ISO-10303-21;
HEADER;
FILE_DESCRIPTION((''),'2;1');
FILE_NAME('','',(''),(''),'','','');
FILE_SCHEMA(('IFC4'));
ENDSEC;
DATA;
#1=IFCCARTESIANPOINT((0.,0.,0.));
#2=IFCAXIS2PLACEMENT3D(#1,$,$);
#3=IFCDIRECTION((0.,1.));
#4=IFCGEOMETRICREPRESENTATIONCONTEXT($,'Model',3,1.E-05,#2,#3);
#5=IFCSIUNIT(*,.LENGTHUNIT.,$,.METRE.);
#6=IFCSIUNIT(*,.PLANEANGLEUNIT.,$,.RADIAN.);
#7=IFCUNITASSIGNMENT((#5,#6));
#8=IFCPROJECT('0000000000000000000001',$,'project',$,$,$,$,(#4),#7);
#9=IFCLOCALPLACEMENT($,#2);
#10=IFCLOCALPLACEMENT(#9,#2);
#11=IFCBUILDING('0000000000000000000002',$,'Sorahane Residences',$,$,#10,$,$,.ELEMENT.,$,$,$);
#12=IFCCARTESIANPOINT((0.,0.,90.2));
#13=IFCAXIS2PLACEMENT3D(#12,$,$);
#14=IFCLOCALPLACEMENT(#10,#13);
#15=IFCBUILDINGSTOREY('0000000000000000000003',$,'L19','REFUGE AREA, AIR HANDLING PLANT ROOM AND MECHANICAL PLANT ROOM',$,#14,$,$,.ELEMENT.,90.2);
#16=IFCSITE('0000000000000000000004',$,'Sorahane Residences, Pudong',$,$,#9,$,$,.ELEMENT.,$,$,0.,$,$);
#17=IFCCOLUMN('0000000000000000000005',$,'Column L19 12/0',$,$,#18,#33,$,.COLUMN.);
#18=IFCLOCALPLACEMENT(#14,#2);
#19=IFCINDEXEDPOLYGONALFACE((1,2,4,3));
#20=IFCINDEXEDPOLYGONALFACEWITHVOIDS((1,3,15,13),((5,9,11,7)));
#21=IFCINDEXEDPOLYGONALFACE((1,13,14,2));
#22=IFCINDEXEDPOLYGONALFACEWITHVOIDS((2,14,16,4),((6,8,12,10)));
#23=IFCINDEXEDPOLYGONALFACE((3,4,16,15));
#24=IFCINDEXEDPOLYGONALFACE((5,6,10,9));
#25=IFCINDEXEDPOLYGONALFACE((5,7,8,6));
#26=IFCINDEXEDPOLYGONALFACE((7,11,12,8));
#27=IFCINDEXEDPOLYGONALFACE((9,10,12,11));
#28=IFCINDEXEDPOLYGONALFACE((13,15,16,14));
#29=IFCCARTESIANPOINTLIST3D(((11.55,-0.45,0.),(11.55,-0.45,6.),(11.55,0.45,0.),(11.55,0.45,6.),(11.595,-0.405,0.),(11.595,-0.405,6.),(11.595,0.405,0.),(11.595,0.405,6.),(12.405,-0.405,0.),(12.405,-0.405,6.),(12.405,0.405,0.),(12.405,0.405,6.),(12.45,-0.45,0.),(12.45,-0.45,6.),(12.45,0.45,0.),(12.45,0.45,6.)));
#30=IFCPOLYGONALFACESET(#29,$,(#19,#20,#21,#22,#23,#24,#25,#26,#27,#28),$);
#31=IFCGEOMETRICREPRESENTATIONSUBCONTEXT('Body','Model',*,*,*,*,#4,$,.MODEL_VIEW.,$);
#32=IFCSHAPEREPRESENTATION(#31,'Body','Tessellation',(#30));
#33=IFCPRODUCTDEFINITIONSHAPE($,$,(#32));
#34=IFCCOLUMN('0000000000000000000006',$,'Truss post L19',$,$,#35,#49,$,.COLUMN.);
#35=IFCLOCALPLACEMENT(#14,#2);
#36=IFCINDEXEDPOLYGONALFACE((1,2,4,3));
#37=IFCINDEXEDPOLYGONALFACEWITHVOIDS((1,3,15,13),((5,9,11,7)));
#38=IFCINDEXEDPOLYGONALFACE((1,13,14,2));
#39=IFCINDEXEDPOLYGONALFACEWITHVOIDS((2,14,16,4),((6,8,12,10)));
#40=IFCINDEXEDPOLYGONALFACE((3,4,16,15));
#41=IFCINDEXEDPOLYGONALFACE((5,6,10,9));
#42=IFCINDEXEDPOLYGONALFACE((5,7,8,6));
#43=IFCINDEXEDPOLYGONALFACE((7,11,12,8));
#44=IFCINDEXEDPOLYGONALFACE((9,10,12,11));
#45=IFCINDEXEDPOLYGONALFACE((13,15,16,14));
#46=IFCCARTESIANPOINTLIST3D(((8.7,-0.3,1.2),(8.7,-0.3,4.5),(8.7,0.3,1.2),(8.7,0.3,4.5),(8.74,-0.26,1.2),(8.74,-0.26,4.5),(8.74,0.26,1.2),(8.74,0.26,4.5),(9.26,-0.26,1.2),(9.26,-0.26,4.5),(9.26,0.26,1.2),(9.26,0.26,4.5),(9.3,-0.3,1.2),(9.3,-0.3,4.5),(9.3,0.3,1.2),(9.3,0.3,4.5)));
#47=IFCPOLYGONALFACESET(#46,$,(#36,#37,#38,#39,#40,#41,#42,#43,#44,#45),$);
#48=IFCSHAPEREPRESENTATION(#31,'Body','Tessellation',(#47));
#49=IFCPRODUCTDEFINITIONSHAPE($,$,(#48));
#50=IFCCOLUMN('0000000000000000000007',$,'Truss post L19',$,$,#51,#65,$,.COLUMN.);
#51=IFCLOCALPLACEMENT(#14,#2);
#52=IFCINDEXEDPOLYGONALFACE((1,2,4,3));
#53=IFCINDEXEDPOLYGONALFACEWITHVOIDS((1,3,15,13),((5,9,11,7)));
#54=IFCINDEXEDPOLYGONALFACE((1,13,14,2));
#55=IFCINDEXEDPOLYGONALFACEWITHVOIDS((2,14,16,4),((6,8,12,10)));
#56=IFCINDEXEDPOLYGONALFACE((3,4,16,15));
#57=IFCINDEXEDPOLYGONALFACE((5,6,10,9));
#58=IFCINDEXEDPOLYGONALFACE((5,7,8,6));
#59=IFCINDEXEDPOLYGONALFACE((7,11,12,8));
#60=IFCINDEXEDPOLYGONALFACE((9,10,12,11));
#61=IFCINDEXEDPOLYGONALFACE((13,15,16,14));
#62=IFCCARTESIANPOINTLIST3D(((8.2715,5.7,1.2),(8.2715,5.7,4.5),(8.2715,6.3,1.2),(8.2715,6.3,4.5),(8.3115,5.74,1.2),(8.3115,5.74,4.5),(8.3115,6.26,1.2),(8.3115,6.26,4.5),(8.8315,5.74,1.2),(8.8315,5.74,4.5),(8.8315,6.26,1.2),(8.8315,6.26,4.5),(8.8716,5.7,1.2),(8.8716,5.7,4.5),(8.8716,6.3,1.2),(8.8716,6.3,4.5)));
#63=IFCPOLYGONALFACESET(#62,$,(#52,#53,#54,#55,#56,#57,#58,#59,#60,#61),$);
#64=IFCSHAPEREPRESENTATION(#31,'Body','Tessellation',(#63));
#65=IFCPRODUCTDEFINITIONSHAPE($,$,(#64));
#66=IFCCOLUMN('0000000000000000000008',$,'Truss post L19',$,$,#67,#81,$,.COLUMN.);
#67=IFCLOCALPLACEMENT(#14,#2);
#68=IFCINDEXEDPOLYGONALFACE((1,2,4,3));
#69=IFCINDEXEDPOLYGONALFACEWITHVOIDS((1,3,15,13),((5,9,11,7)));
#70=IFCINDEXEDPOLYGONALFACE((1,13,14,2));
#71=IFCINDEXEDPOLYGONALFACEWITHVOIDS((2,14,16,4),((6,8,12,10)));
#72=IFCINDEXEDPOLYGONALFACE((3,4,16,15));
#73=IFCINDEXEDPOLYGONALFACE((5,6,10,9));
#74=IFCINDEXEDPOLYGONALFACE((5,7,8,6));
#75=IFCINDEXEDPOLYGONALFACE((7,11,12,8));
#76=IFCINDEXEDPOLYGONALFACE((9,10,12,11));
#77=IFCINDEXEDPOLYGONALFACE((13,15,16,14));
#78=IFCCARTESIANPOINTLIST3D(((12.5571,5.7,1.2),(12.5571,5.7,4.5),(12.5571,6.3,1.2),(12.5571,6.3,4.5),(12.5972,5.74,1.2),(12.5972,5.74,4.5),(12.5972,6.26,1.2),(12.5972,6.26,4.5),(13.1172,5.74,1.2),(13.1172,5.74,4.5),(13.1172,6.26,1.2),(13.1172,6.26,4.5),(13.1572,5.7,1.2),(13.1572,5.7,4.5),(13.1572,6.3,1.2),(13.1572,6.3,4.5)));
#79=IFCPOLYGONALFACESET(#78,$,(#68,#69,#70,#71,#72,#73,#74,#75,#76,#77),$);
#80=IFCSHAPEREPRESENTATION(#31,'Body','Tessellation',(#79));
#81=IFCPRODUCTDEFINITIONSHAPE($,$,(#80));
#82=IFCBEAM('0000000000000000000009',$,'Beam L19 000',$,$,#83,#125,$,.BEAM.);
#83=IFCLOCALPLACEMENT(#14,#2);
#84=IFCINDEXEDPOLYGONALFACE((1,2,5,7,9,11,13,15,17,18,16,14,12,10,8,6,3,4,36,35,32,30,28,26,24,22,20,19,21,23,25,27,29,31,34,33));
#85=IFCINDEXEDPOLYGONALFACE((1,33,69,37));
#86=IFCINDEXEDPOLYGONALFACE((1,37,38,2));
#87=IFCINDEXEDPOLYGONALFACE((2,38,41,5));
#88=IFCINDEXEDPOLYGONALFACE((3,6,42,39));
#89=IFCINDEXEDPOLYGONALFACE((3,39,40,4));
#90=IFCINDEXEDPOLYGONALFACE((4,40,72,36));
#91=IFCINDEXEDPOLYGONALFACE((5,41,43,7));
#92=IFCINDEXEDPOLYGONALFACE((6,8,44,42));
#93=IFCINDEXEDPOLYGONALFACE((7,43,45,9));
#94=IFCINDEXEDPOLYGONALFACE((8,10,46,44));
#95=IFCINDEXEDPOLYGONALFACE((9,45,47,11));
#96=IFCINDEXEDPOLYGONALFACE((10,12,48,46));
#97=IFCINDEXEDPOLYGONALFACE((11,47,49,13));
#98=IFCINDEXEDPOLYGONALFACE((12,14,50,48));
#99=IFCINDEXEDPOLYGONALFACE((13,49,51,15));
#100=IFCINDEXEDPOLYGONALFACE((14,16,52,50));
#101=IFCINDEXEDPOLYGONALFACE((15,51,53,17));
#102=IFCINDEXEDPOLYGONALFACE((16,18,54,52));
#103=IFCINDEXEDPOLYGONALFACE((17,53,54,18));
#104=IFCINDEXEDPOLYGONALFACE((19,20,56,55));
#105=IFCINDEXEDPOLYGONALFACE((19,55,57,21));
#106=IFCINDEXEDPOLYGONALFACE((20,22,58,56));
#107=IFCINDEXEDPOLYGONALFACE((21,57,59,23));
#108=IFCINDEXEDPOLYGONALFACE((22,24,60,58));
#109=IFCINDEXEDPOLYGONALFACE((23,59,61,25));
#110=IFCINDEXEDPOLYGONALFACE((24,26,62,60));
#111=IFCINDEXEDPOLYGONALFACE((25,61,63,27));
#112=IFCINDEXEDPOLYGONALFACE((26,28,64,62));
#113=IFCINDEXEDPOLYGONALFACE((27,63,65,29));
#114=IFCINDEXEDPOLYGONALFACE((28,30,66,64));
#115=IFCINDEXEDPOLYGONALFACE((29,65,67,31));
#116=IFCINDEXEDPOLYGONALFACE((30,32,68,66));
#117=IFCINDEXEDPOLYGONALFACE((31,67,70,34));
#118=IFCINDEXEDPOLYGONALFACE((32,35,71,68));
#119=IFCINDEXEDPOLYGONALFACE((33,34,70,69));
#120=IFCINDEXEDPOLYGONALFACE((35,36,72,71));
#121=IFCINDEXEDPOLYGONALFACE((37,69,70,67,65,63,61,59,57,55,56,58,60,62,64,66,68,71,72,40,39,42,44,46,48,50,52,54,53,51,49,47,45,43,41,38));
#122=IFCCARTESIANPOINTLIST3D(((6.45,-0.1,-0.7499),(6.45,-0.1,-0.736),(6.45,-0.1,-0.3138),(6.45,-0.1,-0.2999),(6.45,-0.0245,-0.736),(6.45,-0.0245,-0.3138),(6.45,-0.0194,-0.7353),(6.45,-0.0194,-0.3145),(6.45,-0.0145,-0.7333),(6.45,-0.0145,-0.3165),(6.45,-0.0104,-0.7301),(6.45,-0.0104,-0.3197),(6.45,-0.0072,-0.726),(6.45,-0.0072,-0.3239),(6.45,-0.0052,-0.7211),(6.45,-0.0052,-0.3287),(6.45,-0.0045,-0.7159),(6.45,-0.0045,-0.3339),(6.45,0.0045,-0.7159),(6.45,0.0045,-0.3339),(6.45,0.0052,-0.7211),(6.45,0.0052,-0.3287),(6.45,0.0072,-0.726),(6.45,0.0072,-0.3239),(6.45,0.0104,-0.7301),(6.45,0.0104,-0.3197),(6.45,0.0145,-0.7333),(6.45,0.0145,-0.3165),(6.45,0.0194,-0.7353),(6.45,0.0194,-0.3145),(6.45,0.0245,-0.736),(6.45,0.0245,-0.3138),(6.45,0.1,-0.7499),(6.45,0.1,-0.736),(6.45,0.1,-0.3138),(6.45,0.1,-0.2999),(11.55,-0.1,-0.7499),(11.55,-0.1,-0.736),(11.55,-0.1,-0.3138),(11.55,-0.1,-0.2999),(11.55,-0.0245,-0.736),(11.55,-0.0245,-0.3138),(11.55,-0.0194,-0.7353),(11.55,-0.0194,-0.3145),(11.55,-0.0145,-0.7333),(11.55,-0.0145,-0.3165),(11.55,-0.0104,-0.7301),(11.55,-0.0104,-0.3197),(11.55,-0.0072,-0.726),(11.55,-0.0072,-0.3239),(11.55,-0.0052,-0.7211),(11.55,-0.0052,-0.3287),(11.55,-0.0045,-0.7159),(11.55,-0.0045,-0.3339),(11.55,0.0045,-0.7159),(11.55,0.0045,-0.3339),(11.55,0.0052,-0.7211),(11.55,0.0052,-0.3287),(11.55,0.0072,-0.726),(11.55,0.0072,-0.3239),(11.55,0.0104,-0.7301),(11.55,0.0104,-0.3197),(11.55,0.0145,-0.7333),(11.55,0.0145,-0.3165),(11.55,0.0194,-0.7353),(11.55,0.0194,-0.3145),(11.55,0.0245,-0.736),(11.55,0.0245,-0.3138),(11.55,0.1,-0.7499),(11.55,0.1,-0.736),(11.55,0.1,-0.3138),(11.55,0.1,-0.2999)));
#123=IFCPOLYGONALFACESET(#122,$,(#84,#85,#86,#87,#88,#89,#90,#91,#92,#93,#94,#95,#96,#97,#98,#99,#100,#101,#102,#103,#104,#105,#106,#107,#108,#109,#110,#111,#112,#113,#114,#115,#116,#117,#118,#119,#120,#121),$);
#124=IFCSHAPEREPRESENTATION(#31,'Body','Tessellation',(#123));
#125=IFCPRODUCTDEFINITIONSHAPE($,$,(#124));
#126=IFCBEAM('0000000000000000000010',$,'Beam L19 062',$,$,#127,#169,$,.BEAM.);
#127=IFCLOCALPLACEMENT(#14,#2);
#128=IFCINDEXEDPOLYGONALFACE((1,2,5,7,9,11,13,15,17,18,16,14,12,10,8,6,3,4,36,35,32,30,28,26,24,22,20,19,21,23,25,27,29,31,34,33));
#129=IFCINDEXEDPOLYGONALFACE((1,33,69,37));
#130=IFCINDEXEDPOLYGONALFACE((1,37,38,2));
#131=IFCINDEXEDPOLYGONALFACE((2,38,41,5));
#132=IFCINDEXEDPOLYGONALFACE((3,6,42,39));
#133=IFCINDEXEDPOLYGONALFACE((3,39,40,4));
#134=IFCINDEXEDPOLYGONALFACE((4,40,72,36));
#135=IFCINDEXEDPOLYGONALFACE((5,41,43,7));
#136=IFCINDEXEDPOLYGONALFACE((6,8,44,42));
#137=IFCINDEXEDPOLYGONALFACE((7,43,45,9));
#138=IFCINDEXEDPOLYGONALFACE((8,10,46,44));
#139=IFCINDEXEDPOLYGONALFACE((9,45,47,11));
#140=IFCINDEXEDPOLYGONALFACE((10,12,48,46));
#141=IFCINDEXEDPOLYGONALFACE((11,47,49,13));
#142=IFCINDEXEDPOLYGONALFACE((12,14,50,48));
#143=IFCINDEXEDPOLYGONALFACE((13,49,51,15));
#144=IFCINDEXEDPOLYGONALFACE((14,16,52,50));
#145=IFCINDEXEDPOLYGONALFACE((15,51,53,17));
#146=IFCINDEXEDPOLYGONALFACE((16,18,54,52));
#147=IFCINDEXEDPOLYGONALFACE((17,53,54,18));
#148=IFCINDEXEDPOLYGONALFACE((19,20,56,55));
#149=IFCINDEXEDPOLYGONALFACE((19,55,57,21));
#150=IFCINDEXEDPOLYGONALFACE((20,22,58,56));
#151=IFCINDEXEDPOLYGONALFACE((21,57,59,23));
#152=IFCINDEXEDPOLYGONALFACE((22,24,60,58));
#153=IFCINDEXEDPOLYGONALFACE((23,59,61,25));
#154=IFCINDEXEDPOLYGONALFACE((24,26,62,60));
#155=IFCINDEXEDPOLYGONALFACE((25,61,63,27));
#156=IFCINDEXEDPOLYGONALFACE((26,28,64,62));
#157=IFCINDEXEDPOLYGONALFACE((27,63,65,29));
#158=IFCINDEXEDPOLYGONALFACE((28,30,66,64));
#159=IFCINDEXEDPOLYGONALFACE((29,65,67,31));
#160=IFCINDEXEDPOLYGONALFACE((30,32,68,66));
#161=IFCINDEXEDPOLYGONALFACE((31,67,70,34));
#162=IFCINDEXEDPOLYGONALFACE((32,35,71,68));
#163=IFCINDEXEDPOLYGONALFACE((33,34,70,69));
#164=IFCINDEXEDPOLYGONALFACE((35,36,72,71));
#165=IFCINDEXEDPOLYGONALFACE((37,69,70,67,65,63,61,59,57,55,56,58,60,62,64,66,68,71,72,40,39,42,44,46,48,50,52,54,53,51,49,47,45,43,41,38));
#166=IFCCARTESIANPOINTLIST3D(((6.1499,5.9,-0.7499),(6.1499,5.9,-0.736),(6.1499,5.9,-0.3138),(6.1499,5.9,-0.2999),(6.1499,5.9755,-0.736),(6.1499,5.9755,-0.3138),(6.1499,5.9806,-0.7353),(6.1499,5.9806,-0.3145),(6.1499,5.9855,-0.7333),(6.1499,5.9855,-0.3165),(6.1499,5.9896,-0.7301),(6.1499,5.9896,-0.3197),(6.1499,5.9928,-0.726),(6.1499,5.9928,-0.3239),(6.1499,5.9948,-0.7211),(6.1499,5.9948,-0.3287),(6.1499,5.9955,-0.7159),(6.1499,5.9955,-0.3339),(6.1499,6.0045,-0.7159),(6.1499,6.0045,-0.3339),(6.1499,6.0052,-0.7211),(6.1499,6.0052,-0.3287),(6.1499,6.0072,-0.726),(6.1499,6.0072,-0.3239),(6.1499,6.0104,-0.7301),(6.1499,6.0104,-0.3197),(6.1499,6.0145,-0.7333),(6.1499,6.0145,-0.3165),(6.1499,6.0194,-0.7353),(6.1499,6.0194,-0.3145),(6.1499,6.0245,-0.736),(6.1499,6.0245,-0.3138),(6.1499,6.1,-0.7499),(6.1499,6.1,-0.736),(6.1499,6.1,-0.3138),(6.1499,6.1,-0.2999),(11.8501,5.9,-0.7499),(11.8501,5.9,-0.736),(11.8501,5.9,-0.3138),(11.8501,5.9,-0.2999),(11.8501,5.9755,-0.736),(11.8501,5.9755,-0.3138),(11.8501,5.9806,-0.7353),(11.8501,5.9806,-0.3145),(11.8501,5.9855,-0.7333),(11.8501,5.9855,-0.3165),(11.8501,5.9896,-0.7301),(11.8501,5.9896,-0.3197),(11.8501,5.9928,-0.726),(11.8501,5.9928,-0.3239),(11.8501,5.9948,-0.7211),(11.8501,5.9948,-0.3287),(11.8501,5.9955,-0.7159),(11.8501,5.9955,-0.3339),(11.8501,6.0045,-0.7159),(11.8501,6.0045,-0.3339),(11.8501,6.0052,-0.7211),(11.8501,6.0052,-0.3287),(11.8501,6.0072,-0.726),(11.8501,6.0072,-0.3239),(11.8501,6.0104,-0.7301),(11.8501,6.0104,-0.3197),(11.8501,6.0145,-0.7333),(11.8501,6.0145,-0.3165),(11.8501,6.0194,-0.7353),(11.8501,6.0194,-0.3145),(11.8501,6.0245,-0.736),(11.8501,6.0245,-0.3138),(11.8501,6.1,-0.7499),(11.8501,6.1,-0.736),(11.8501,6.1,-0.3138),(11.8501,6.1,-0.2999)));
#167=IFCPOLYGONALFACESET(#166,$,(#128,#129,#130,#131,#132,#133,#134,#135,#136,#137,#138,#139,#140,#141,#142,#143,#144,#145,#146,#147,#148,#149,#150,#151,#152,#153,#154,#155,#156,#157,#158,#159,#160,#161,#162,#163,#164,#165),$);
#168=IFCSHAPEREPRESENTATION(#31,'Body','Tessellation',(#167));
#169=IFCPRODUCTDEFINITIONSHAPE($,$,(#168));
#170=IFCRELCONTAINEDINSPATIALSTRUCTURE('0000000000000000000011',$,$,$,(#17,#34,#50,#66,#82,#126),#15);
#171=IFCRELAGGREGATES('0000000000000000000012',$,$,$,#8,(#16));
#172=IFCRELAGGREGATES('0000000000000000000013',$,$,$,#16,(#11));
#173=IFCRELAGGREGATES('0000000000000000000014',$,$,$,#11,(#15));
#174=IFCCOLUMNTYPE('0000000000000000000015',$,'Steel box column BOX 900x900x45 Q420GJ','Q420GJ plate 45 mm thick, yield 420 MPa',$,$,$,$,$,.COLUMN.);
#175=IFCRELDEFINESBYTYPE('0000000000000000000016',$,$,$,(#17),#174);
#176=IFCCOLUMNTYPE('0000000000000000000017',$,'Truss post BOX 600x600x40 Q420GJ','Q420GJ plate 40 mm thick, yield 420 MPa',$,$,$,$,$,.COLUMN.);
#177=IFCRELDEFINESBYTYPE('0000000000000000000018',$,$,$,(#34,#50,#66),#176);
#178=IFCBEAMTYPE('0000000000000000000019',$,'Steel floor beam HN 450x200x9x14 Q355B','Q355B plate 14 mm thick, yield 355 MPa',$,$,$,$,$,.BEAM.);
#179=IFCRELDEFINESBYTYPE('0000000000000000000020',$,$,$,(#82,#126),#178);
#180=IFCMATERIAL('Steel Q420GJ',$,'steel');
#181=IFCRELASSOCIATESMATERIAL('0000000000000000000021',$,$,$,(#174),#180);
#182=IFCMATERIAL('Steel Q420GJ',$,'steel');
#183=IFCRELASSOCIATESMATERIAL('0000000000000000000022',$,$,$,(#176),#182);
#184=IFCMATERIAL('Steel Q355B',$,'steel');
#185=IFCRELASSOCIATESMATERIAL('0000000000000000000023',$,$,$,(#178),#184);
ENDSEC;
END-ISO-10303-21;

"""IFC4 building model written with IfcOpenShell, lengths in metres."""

from ifc_helpers import new_model, si_unit, direction, frame, origin, origin_2d, place, context, subcontext, project, spatial, hollow_rectangle, i_section, extrude, material, material_profile, profile_set, type_object, element, save


model = new_model("IFC4")

# Units and contexts
model_context = context("Model", 3, precision=1e-05, world=origin(), true_north=direction((0.0, 1.0)))
body_context = subcontext(model_context, "Body", "Model", "MODEL_VIEW")
ifc_project = project(units=[si_unit("LENGTHUNIT", "METRE"), si_unit("PLANEANGLEUNIT", "RADIAN")], contexts=[model_context])

# Site, building, storey
site_placement = place(None, origin())
site = spatial("IfcSite", under=ifc_project, at=site_placement, Name="Sorahane Residences, Pudong", CompositionType="ELEMENT", RefElevation=0.0)
building_placement = place(site_placement, origin())
building = spatial("IfcBuilding", under=site, at=building_placement, Name="Sorahane Residences", CompositionType="ELEMENT")
storey_placement = place(building_placement, frame((0.0, 0.0, 90.2)))
storey = spatial("IfcBuildingStorey", under=building, at=storey_placement, Name="L19", Description="REFUGE AREA, AIR HANDLING PLANT ROOM AND MECHANICAL PLANT ROOM", CompositionType="ELEMENT", Elevation=90.2)

# Columns
ifc_material_1 = material(Name="Steel Q420GJ", Category="steel")
ifc_material_profile_1 = material_profile(ifc_material_1, hollow_rectangle(XDim=0.8999, YDim=0.8999, WallThickness=0.0449, at=origin_2d()), Name="BOX 900x900x45")
ifc_profile_set_1 = profile_set([ifc_material_profile_1], Name="Steel Q420GJ")
column_type_1 = type_object("IfcColumnType", Name="Steel box column BOX 900x900x45 Q420GJ", Description="Q420GJ plate 45 mm thick, yield 420 MPa", PredefinedType="COLUMN", material=ifc_profile_set_1)
column_placement = place(storey_placement, frame((12.0, 0.0, 0.0), z_axis=(0.0, 0.0, 1.0), x_axis=(1.0, 0.0, 0.0)))
element("IfcColumn", 1, at=column_placement, inside=storey, type_object=column_type_1, Name="Column L19 12/0", PredefinedType="COLUMN", context=body_context, shape_type="SweptSolid", body=[
    extrude(hollow_rectangle(XDim=0.8999, YDim=0.8999, WallThickness=0.0449, at=origin_2d()), origin(), (0.0, 0.0, 1.0), 6.0),
])
ifc_material_2 = material(Name="Steel Q420GJ", Category="steel")
ifc_material_profile_2 = material_profile(ifc_material_2, hollow_rectangle(XDim=0.6001, YDim=0.6001, WallThickness=0.04, at=origin_2d()), Name="BOX 600x600x40")
ifc_profile_set_2 = profile_set([ifc_material_profile_2], Name="Steel Q420GJ")
column_type_2 = type_object("IfcColumnType", Name="Truss post BOX 600x600x40 Q420GJ", Description="Q420GJ plate 40 mm thick, yield 420 MPa", PredefinedType="COLUMN", material=ifc_profile_set_2)
for number, where, z_axis, x_axis, name in (
    (2, (9.0, 0.0, 1.2), (0.0, 0.0, 1.0), (1.0, 0.0, 0.0), "Truss post L19"),
    (3, (8.5715, 6.0, 1.2), (0.0, 0.0, 1.0), (1.0, 0.0, 0.0), "Truss post L19"),
    (4, (12.8572, 6.0, 1.2), (0.0, 0.0, 1.0), (1.0, 0.0, 0.0), "Truss post L19"),
):
    element("IfcColumn", number, at=place(storey_placement, frame(where, z_axis=z_axis, x_axis=x_axis)), inside=storey, type_object=column_type_2, Name=name, PredefinedType="COLUMN", context=body_context, shape_type="SweptSolid", body=[
        extrude(hollow_rectangle(XDim=0.6001, YDim=0.6001, WallThickness=0.04, at=origin_2d()), origin(), (0.0, 0.0, 1.0), 3.3),
    ])

# Beams
ifc_material_3 = material(Name="Steel Q355B", Category="steel")
ifc_material_profile_3 = material_profile(ifc_material_3, i_section(OverallWidth=0.2, OverallDepth=0.45, WebThickness=0.009, FlangeThickness=0.0139, FilletRadius=0.02, at=origin_2d()), Name="HN 450x200x9x14")
ifc_profile_set_3 = profile_set([ifc_material_profile_3], Name="Steel Q355B")
beam_type_1 = type_object("IfcBeamType", Name="Steel floor beam HN 450x200x9x14 Q355B", Description="Q355B plate 14 mm thick, yield 355 MPa", PredefinedType="BEAM", material=ifc_profile_set_3)
beam_1_placement = place(storey_placement, frame((6.45, 0.0, -0.5249), z_axis=(1.0, 0.0, 0.0), x_axis=(0.0, 1.0, 0.0)))
element("IfcBeam", 5, at=beam_1_placement, inside=storey, type_object=beam_type_1, Name="Beam L19 000", PredefinedType="BEAM", context=body_context, shape_type="SweptSolid", body=[
    extrude(i_section(OverallWidth=0.2, OverallDepth=0.45, WebThickness=0.009, FlangeThickness=0.0139, FilletRadius=0.02, at=origin_2d()), origin(), (0.0, 0.0, 1.0), 5.1001),
])
for number, where, z_axis, x_axis, name in (
    (6, (6.1499, 6.0, -0.5249), (1.0, 0.0, 0.0), (0.0, 1.0, 0.0), "Beam L19 062"),
):
    element("IfcBeam", number, at=place(storey_placement, frame(where, z_axis=z_axis, x_axis=x_axis)), inside=storey, type_object=beam_type_1, Name=name, PredefinedType="BEAM", context=body_context, shape_type="SweptSolid", body=[
        extrude(i_section(OverallWidth=0.2, OverallDepth=0.45, WebThickness=0.009, FlangeThickness=0.0139, FilletRadius=0.02, at=origin_2d()), origin(), (0.0, 0.0, 1.0), 5.7002),
    ])

save(model, "model.ifc")
